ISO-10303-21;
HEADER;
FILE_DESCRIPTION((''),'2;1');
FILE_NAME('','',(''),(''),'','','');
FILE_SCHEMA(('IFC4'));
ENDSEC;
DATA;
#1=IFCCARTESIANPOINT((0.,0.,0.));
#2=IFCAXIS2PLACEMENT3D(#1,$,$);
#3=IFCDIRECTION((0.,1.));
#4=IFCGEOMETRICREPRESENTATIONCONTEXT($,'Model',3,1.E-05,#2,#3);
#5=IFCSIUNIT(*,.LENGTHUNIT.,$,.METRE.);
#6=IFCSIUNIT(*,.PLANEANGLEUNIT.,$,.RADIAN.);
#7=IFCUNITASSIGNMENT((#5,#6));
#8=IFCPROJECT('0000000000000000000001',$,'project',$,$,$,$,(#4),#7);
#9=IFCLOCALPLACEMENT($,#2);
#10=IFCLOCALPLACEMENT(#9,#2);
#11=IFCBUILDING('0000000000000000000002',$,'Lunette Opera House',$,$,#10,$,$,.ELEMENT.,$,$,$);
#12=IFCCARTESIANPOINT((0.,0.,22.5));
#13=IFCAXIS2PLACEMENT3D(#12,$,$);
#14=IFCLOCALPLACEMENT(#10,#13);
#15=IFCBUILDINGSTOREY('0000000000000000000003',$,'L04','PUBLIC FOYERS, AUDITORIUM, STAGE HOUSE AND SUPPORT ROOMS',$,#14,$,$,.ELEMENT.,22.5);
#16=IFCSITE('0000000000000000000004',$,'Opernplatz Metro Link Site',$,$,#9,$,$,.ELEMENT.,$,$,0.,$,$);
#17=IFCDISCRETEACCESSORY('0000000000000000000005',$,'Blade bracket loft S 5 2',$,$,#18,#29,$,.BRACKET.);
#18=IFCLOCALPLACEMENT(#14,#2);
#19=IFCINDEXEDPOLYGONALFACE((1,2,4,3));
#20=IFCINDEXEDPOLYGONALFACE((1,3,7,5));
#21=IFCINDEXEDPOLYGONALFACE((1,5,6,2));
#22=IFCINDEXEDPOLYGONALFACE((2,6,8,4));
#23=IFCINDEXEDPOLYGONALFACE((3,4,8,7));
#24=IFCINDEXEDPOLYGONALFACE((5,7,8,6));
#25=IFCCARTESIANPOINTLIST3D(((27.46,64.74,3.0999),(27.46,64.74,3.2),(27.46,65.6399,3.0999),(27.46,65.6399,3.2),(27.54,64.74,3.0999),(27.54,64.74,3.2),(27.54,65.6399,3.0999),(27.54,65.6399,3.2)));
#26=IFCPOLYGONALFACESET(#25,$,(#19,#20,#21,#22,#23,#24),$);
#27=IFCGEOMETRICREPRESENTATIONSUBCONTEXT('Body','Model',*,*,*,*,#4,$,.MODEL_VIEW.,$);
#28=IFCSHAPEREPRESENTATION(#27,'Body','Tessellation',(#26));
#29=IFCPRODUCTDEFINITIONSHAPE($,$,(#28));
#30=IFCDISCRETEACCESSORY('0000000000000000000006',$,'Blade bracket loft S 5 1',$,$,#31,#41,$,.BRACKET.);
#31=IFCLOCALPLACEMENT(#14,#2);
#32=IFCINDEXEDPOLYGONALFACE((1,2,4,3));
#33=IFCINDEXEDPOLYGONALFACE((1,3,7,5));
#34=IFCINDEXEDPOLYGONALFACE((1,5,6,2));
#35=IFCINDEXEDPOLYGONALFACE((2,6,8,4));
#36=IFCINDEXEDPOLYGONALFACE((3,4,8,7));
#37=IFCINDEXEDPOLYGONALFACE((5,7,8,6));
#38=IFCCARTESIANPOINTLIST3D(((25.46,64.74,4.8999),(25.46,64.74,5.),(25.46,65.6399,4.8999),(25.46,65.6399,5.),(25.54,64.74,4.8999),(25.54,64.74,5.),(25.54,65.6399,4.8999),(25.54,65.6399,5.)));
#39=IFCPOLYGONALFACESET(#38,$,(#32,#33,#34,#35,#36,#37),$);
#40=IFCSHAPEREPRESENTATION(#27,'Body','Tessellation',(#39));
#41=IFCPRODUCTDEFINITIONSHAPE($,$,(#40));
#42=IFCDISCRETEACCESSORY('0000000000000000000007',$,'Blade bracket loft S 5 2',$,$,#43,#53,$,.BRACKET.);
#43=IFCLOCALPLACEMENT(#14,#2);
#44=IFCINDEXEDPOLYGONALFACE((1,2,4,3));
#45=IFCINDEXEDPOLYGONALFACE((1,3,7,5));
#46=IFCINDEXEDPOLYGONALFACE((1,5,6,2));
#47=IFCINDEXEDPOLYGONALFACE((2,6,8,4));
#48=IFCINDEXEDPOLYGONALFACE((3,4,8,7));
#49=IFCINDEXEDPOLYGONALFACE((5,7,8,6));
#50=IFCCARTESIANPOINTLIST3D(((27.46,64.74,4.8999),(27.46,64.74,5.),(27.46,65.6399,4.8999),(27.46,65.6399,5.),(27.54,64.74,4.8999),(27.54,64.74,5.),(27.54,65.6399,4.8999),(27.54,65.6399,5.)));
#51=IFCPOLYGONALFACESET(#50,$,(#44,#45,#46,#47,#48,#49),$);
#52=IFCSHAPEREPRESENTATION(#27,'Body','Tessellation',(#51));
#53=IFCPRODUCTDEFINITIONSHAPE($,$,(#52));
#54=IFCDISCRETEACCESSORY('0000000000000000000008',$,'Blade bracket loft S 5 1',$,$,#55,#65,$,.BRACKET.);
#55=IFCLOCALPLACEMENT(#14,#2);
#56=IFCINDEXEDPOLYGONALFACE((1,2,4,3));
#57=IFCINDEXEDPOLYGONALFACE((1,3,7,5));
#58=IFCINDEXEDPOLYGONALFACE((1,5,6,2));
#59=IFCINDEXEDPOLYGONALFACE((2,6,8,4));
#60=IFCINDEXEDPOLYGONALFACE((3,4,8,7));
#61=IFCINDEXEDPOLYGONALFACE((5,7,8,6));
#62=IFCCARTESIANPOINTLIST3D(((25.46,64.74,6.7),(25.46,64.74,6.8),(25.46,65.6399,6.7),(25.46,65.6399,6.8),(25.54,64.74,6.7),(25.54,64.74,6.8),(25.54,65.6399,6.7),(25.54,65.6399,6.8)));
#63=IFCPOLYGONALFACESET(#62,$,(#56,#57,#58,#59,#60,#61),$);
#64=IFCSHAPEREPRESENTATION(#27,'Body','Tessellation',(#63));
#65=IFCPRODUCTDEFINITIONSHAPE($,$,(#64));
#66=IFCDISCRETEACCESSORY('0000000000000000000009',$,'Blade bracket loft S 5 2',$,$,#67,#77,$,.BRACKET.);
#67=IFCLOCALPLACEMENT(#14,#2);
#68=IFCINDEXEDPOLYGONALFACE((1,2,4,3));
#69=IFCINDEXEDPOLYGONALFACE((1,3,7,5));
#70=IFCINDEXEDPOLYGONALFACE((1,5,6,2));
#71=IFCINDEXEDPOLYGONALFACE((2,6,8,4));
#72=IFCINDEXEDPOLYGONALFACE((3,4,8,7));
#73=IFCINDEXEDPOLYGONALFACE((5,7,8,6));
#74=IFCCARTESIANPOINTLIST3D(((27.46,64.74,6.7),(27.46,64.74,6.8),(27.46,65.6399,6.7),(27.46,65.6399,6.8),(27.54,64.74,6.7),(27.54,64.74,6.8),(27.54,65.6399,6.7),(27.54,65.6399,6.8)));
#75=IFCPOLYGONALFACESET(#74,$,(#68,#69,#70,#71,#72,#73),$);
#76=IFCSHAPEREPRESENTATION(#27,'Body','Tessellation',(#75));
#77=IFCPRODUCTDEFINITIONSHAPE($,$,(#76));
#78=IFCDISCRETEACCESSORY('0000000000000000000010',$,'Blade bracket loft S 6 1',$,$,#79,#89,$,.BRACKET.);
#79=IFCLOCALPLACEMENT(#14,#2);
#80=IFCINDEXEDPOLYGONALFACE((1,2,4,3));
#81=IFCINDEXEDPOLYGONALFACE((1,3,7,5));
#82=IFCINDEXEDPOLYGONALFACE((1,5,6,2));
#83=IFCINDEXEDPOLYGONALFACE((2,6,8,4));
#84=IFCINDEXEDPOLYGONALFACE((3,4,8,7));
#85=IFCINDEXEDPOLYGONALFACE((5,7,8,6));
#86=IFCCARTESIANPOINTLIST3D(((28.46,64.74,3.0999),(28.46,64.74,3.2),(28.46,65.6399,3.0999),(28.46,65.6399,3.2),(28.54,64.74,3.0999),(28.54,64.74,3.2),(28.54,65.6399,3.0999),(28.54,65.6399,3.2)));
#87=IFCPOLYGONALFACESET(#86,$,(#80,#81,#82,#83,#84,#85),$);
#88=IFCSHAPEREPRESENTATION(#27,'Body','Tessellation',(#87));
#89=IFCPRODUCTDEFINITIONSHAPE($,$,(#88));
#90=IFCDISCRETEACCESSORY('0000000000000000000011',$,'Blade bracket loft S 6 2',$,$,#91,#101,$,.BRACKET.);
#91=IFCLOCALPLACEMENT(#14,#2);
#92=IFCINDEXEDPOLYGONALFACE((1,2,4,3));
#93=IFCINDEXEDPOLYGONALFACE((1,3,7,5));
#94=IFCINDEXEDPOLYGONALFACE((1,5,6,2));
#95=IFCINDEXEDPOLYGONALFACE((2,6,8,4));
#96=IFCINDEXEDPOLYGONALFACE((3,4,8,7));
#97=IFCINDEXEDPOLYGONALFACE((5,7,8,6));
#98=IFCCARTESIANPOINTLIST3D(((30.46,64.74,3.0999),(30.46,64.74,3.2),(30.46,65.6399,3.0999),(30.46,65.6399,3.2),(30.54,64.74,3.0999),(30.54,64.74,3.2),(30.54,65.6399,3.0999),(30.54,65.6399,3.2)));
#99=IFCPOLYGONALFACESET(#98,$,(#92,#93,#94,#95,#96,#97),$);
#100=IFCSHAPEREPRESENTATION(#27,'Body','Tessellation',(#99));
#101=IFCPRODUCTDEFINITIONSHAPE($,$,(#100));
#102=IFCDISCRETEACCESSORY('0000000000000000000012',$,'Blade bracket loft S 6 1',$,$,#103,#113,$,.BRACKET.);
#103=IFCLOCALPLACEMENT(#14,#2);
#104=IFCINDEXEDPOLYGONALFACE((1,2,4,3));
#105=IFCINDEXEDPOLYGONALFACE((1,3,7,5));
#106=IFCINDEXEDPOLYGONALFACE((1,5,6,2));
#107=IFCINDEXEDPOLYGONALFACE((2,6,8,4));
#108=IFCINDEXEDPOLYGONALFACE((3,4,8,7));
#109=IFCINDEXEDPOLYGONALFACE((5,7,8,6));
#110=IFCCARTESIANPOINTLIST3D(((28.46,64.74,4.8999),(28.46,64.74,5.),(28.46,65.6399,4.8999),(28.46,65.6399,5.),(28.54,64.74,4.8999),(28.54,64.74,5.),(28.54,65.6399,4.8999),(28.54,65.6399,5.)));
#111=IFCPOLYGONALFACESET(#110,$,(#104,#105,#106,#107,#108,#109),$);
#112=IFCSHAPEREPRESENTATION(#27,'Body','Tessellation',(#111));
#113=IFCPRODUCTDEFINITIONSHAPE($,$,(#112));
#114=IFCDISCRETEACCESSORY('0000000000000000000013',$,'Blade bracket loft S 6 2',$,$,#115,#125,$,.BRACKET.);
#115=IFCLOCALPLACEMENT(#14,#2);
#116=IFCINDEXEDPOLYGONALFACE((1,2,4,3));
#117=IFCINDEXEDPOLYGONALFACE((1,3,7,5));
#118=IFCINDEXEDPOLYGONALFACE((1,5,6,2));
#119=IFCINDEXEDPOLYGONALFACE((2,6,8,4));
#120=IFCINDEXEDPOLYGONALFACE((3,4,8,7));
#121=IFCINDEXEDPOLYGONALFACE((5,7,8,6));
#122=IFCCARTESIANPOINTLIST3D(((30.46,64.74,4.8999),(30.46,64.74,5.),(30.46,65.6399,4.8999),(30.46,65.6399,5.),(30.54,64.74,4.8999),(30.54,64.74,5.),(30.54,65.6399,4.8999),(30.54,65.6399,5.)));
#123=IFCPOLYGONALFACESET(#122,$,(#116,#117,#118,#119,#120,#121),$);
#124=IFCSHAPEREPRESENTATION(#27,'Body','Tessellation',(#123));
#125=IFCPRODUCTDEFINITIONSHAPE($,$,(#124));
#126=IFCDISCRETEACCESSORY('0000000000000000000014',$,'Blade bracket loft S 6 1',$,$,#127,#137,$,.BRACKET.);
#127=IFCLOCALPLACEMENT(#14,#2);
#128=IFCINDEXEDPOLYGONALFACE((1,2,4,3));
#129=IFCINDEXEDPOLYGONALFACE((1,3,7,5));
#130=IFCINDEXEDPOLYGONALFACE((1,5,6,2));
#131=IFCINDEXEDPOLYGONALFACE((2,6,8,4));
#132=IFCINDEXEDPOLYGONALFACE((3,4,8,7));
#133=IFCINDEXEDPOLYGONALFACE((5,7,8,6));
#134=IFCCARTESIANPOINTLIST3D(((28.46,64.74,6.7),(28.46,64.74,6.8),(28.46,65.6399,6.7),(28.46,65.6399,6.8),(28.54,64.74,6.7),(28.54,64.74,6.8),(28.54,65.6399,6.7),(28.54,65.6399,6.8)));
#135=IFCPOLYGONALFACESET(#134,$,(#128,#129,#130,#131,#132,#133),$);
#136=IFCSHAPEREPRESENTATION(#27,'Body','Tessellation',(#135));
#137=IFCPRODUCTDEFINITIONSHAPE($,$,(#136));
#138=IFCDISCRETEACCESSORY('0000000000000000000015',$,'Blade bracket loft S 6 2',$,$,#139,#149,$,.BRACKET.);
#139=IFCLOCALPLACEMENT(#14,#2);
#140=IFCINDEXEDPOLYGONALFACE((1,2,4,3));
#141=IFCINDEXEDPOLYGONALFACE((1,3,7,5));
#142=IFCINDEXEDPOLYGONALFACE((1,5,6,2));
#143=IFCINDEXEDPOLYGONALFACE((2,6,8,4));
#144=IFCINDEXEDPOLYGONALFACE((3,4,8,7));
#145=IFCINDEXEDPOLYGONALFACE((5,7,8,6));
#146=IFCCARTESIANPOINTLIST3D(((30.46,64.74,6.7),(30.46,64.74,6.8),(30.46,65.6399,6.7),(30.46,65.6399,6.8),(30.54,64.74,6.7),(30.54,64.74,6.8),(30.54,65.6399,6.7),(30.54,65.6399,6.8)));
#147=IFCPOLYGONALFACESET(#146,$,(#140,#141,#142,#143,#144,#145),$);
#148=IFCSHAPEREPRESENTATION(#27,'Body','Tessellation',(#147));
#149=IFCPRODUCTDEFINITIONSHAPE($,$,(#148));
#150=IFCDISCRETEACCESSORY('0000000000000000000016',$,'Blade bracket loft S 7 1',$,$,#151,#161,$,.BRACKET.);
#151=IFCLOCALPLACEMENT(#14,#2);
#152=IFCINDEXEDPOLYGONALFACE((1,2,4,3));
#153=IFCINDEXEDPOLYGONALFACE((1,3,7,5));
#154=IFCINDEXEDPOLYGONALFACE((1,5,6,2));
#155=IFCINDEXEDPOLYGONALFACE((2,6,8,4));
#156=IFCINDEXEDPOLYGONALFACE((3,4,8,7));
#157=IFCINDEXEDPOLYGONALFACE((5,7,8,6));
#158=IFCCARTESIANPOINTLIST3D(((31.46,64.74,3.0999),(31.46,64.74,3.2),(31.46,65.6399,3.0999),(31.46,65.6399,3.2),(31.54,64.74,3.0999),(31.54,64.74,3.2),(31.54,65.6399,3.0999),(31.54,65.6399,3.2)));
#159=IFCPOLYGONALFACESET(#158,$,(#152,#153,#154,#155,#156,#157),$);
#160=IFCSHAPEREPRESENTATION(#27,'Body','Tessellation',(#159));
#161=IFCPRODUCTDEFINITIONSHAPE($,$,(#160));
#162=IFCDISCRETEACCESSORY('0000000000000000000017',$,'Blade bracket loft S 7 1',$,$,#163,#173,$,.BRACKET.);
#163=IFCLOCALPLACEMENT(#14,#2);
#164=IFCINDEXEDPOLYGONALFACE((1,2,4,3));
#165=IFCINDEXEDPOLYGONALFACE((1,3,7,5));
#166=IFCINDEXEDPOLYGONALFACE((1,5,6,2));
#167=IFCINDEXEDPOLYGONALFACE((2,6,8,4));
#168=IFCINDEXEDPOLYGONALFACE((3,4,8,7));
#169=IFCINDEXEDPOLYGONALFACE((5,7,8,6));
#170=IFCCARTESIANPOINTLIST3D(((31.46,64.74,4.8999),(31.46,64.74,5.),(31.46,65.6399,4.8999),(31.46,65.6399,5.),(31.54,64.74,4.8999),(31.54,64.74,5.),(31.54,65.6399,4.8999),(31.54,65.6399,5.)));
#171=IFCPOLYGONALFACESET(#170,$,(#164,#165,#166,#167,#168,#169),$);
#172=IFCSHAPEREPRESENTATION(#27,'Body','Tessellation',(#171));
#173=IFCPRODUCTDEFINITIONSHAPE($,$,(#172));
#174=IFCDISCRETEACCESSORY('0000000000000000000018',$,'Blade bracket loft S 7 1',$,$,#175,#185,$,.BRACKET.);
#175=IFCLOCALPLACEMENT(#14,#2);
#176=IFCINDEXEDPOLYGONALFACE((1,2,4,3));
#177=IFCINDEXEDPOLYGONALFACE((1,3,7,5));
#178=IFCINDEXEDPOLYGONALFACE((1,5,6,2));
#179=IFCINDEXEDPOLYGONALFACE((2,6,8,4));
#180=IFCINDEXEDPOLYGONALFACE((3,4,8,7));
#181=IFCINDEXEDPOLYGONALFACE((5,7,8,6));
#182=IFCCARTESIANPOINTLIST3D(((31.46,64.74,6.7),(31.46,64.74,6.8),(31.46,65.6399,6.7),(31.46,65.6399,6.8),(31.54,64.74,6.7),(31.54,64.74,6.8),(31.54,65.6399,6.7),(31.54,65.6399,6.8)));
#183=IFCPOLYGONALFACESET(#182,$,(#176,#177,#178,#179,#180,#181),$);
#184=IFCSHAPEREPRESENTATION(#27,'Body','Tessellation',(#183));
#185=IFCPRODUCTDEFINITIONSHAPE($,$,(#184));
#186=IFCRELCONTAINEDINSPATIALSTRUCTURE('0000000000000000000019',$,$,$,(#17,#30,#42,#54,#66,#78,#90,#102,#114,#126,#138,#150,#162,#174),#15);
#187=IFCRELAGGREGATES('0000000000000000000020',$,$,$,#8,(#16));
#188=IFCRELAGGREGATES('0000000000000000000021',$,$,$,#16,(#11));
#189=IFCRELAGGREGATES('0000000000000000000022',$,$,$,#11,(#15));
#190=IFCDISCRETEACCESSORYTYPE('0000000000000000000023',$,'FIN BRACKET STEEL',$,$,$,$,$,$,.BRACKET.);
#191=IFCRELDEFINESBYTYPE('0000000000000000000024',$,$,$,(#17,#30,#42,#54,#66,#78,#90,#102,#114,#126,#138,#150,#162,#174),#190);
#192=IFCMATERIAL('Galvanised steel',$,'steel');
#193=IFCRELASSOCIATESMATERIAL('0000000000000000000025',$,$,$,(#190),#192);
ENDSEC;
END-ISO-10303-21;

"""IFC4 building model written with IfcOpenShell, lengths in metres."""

from ifc_helpers import new_model, si_unit, direction, frame, origin, origin_2d, place, context, subcontext, project, spatial, rectangle, extrude, material, type_object, element, save


model = new_model("IFC4")

# Units and contexts
model_context = context("Model", 3, precision=1e-05, world=origin(), true_north=direction((0.0, 1.0)))
body_context = subcontext(model_context, "Body", "Model", "MODEL_VIEW")
ifc_project = project(units=[si_unit("LENGTHUNIT", "METRE"), si_unit("PLANEANGLEUNIT", "RADIAN")], contexts=[model_context])

# Site, building, storey
site_placement = place(None, origin())
site = spatial("IfcSite", under=ifc_project, at=site_placement, Name="Opernplatz Metro Link Site", CompositionType="ELEMENT", RefElevation=0.0)
building_placement = place(site_placement, origin())
building = spatial("IfcBuilding", under=site, at=building_placement, Name="Lunette Opera House", CompositionType="ELEMENT")
storey_placement = place(building_placement, frame((0.0, 0.0, 22.5)))
storey = spatial("IfcBuildingStorey", under=building, at=storey_placement, Name="L04", Description="PUBLIC FOYERS, AUDITORIUM, STAGE HOUSE AND SUPPORT ROOMS", CompositionType="ELEMENT", Elevation=22.5)

# Discrete accessories
ifc_material_1 = material(Name="Galvanised steel", Category="steel")
discrete_accessory_type = type_object("IfcDiscreteAccessoryType", Name="FIN BRACKET STEEL", PredefinedType="BRACKET", material=ifc_material_1)
for number, where, z_axis, x_axis, name in (
    (1, (27.5, 65.1899, 3.0999), (0.0, 0.0, 1.0), (0.0, -1.0, 0.0), "Blade bracket loft S 5 2"),
    (2, (25.5, 65.1899, 4.8999), (0.0, 0.0, 1.0), (0.0, -1.0, 0.0), "Blade bracket loft S 5 1"),
    (3, (27.5, 65.1899, 4.8999), (0.0, 0.0, 1.0), (0.0, -1.0, 0.0), "Blade bracket loft S 5 2"),
    (4, (25.5, 65.1899, 6.7), (0.0, 0.0, 1.0), (0.0, -1.0, 0.0), "Blade bracket loft S 5 1"),
    (5, (27.5, 65.1899, 6.7), (0.0, 0.0, 1.0), (0.0, -1.0, 0.0), "Blade bracket loft S 5 2"),
    (6, (28.5, 65.1899, 3.0999), (0.0, 0.0, 1.0), (0.0, -1.0, 0.0), "Blade bracket loft S 6 1"),
    (7, (30.5, 65.1899, 3.0999), (0.0, 0.0, 1.0), (0.0, -1.0, 0.0), "Blade bracket loft S 6 2"),
    (8, (28.5, 65.1899, 4.8999), (0.0, 0.0, 1.0), (0.0, -1.0, 0.0), "Blade bracket loft S 6 1"),
    (9, (30.5, 65.1899, 4.8999), (0.0, 0.0, 1.0), (0.0, -1.0, 0.0), "Blade bracket loft S 6 2"),
    (10, (28.5, 65.1899, 6.7), (0.0, 0.0, 1.0), (0.0, -1.0, 0.0), "Blade bracket loft S 6 1"),
    (11, (30.5, 65.1899, 6.7), (0.0, 0.0, 1.0), (0.0, -1.0, 0.0), "Blade bracket loft S 6 2"),
    (12, (31.5, 65.1899, 3.0999), (0.0, 0.0, 1.0), (0.0, -1.0, 0.0), "Blade bracket loft S 7 1"),
    (13, (31.5, 65.1899, 4.8999), (0.0, 0.0, 1.0), (0.0, -1.0, 0.0), "Blade bracket loft S 7 1"),
    (14, (31.5, 65.1899, 6.7), (0.0, 0.0, 1.0), (0.0, -1.0, 0.0), "Blade bracket loft S 7 1"),
):
    element("IfcDiscreteAccessory", number, at=place(storey_placement, frame(where, z_axis=z_axis, x_axis=x_axis)), inside=storey, type_object=discrete_accessory_type, Name=name, PredefinedType="BRACKET", context=body_context, shape_type="SweptSolid", body=[
        extrude(rectangle(XDim=0.8999, YDim=0.0801, at=origin_2d()), origin(), (0.0, 0.0, 1.0), 0.1001),
    ])

save(model, "model.ifc")
